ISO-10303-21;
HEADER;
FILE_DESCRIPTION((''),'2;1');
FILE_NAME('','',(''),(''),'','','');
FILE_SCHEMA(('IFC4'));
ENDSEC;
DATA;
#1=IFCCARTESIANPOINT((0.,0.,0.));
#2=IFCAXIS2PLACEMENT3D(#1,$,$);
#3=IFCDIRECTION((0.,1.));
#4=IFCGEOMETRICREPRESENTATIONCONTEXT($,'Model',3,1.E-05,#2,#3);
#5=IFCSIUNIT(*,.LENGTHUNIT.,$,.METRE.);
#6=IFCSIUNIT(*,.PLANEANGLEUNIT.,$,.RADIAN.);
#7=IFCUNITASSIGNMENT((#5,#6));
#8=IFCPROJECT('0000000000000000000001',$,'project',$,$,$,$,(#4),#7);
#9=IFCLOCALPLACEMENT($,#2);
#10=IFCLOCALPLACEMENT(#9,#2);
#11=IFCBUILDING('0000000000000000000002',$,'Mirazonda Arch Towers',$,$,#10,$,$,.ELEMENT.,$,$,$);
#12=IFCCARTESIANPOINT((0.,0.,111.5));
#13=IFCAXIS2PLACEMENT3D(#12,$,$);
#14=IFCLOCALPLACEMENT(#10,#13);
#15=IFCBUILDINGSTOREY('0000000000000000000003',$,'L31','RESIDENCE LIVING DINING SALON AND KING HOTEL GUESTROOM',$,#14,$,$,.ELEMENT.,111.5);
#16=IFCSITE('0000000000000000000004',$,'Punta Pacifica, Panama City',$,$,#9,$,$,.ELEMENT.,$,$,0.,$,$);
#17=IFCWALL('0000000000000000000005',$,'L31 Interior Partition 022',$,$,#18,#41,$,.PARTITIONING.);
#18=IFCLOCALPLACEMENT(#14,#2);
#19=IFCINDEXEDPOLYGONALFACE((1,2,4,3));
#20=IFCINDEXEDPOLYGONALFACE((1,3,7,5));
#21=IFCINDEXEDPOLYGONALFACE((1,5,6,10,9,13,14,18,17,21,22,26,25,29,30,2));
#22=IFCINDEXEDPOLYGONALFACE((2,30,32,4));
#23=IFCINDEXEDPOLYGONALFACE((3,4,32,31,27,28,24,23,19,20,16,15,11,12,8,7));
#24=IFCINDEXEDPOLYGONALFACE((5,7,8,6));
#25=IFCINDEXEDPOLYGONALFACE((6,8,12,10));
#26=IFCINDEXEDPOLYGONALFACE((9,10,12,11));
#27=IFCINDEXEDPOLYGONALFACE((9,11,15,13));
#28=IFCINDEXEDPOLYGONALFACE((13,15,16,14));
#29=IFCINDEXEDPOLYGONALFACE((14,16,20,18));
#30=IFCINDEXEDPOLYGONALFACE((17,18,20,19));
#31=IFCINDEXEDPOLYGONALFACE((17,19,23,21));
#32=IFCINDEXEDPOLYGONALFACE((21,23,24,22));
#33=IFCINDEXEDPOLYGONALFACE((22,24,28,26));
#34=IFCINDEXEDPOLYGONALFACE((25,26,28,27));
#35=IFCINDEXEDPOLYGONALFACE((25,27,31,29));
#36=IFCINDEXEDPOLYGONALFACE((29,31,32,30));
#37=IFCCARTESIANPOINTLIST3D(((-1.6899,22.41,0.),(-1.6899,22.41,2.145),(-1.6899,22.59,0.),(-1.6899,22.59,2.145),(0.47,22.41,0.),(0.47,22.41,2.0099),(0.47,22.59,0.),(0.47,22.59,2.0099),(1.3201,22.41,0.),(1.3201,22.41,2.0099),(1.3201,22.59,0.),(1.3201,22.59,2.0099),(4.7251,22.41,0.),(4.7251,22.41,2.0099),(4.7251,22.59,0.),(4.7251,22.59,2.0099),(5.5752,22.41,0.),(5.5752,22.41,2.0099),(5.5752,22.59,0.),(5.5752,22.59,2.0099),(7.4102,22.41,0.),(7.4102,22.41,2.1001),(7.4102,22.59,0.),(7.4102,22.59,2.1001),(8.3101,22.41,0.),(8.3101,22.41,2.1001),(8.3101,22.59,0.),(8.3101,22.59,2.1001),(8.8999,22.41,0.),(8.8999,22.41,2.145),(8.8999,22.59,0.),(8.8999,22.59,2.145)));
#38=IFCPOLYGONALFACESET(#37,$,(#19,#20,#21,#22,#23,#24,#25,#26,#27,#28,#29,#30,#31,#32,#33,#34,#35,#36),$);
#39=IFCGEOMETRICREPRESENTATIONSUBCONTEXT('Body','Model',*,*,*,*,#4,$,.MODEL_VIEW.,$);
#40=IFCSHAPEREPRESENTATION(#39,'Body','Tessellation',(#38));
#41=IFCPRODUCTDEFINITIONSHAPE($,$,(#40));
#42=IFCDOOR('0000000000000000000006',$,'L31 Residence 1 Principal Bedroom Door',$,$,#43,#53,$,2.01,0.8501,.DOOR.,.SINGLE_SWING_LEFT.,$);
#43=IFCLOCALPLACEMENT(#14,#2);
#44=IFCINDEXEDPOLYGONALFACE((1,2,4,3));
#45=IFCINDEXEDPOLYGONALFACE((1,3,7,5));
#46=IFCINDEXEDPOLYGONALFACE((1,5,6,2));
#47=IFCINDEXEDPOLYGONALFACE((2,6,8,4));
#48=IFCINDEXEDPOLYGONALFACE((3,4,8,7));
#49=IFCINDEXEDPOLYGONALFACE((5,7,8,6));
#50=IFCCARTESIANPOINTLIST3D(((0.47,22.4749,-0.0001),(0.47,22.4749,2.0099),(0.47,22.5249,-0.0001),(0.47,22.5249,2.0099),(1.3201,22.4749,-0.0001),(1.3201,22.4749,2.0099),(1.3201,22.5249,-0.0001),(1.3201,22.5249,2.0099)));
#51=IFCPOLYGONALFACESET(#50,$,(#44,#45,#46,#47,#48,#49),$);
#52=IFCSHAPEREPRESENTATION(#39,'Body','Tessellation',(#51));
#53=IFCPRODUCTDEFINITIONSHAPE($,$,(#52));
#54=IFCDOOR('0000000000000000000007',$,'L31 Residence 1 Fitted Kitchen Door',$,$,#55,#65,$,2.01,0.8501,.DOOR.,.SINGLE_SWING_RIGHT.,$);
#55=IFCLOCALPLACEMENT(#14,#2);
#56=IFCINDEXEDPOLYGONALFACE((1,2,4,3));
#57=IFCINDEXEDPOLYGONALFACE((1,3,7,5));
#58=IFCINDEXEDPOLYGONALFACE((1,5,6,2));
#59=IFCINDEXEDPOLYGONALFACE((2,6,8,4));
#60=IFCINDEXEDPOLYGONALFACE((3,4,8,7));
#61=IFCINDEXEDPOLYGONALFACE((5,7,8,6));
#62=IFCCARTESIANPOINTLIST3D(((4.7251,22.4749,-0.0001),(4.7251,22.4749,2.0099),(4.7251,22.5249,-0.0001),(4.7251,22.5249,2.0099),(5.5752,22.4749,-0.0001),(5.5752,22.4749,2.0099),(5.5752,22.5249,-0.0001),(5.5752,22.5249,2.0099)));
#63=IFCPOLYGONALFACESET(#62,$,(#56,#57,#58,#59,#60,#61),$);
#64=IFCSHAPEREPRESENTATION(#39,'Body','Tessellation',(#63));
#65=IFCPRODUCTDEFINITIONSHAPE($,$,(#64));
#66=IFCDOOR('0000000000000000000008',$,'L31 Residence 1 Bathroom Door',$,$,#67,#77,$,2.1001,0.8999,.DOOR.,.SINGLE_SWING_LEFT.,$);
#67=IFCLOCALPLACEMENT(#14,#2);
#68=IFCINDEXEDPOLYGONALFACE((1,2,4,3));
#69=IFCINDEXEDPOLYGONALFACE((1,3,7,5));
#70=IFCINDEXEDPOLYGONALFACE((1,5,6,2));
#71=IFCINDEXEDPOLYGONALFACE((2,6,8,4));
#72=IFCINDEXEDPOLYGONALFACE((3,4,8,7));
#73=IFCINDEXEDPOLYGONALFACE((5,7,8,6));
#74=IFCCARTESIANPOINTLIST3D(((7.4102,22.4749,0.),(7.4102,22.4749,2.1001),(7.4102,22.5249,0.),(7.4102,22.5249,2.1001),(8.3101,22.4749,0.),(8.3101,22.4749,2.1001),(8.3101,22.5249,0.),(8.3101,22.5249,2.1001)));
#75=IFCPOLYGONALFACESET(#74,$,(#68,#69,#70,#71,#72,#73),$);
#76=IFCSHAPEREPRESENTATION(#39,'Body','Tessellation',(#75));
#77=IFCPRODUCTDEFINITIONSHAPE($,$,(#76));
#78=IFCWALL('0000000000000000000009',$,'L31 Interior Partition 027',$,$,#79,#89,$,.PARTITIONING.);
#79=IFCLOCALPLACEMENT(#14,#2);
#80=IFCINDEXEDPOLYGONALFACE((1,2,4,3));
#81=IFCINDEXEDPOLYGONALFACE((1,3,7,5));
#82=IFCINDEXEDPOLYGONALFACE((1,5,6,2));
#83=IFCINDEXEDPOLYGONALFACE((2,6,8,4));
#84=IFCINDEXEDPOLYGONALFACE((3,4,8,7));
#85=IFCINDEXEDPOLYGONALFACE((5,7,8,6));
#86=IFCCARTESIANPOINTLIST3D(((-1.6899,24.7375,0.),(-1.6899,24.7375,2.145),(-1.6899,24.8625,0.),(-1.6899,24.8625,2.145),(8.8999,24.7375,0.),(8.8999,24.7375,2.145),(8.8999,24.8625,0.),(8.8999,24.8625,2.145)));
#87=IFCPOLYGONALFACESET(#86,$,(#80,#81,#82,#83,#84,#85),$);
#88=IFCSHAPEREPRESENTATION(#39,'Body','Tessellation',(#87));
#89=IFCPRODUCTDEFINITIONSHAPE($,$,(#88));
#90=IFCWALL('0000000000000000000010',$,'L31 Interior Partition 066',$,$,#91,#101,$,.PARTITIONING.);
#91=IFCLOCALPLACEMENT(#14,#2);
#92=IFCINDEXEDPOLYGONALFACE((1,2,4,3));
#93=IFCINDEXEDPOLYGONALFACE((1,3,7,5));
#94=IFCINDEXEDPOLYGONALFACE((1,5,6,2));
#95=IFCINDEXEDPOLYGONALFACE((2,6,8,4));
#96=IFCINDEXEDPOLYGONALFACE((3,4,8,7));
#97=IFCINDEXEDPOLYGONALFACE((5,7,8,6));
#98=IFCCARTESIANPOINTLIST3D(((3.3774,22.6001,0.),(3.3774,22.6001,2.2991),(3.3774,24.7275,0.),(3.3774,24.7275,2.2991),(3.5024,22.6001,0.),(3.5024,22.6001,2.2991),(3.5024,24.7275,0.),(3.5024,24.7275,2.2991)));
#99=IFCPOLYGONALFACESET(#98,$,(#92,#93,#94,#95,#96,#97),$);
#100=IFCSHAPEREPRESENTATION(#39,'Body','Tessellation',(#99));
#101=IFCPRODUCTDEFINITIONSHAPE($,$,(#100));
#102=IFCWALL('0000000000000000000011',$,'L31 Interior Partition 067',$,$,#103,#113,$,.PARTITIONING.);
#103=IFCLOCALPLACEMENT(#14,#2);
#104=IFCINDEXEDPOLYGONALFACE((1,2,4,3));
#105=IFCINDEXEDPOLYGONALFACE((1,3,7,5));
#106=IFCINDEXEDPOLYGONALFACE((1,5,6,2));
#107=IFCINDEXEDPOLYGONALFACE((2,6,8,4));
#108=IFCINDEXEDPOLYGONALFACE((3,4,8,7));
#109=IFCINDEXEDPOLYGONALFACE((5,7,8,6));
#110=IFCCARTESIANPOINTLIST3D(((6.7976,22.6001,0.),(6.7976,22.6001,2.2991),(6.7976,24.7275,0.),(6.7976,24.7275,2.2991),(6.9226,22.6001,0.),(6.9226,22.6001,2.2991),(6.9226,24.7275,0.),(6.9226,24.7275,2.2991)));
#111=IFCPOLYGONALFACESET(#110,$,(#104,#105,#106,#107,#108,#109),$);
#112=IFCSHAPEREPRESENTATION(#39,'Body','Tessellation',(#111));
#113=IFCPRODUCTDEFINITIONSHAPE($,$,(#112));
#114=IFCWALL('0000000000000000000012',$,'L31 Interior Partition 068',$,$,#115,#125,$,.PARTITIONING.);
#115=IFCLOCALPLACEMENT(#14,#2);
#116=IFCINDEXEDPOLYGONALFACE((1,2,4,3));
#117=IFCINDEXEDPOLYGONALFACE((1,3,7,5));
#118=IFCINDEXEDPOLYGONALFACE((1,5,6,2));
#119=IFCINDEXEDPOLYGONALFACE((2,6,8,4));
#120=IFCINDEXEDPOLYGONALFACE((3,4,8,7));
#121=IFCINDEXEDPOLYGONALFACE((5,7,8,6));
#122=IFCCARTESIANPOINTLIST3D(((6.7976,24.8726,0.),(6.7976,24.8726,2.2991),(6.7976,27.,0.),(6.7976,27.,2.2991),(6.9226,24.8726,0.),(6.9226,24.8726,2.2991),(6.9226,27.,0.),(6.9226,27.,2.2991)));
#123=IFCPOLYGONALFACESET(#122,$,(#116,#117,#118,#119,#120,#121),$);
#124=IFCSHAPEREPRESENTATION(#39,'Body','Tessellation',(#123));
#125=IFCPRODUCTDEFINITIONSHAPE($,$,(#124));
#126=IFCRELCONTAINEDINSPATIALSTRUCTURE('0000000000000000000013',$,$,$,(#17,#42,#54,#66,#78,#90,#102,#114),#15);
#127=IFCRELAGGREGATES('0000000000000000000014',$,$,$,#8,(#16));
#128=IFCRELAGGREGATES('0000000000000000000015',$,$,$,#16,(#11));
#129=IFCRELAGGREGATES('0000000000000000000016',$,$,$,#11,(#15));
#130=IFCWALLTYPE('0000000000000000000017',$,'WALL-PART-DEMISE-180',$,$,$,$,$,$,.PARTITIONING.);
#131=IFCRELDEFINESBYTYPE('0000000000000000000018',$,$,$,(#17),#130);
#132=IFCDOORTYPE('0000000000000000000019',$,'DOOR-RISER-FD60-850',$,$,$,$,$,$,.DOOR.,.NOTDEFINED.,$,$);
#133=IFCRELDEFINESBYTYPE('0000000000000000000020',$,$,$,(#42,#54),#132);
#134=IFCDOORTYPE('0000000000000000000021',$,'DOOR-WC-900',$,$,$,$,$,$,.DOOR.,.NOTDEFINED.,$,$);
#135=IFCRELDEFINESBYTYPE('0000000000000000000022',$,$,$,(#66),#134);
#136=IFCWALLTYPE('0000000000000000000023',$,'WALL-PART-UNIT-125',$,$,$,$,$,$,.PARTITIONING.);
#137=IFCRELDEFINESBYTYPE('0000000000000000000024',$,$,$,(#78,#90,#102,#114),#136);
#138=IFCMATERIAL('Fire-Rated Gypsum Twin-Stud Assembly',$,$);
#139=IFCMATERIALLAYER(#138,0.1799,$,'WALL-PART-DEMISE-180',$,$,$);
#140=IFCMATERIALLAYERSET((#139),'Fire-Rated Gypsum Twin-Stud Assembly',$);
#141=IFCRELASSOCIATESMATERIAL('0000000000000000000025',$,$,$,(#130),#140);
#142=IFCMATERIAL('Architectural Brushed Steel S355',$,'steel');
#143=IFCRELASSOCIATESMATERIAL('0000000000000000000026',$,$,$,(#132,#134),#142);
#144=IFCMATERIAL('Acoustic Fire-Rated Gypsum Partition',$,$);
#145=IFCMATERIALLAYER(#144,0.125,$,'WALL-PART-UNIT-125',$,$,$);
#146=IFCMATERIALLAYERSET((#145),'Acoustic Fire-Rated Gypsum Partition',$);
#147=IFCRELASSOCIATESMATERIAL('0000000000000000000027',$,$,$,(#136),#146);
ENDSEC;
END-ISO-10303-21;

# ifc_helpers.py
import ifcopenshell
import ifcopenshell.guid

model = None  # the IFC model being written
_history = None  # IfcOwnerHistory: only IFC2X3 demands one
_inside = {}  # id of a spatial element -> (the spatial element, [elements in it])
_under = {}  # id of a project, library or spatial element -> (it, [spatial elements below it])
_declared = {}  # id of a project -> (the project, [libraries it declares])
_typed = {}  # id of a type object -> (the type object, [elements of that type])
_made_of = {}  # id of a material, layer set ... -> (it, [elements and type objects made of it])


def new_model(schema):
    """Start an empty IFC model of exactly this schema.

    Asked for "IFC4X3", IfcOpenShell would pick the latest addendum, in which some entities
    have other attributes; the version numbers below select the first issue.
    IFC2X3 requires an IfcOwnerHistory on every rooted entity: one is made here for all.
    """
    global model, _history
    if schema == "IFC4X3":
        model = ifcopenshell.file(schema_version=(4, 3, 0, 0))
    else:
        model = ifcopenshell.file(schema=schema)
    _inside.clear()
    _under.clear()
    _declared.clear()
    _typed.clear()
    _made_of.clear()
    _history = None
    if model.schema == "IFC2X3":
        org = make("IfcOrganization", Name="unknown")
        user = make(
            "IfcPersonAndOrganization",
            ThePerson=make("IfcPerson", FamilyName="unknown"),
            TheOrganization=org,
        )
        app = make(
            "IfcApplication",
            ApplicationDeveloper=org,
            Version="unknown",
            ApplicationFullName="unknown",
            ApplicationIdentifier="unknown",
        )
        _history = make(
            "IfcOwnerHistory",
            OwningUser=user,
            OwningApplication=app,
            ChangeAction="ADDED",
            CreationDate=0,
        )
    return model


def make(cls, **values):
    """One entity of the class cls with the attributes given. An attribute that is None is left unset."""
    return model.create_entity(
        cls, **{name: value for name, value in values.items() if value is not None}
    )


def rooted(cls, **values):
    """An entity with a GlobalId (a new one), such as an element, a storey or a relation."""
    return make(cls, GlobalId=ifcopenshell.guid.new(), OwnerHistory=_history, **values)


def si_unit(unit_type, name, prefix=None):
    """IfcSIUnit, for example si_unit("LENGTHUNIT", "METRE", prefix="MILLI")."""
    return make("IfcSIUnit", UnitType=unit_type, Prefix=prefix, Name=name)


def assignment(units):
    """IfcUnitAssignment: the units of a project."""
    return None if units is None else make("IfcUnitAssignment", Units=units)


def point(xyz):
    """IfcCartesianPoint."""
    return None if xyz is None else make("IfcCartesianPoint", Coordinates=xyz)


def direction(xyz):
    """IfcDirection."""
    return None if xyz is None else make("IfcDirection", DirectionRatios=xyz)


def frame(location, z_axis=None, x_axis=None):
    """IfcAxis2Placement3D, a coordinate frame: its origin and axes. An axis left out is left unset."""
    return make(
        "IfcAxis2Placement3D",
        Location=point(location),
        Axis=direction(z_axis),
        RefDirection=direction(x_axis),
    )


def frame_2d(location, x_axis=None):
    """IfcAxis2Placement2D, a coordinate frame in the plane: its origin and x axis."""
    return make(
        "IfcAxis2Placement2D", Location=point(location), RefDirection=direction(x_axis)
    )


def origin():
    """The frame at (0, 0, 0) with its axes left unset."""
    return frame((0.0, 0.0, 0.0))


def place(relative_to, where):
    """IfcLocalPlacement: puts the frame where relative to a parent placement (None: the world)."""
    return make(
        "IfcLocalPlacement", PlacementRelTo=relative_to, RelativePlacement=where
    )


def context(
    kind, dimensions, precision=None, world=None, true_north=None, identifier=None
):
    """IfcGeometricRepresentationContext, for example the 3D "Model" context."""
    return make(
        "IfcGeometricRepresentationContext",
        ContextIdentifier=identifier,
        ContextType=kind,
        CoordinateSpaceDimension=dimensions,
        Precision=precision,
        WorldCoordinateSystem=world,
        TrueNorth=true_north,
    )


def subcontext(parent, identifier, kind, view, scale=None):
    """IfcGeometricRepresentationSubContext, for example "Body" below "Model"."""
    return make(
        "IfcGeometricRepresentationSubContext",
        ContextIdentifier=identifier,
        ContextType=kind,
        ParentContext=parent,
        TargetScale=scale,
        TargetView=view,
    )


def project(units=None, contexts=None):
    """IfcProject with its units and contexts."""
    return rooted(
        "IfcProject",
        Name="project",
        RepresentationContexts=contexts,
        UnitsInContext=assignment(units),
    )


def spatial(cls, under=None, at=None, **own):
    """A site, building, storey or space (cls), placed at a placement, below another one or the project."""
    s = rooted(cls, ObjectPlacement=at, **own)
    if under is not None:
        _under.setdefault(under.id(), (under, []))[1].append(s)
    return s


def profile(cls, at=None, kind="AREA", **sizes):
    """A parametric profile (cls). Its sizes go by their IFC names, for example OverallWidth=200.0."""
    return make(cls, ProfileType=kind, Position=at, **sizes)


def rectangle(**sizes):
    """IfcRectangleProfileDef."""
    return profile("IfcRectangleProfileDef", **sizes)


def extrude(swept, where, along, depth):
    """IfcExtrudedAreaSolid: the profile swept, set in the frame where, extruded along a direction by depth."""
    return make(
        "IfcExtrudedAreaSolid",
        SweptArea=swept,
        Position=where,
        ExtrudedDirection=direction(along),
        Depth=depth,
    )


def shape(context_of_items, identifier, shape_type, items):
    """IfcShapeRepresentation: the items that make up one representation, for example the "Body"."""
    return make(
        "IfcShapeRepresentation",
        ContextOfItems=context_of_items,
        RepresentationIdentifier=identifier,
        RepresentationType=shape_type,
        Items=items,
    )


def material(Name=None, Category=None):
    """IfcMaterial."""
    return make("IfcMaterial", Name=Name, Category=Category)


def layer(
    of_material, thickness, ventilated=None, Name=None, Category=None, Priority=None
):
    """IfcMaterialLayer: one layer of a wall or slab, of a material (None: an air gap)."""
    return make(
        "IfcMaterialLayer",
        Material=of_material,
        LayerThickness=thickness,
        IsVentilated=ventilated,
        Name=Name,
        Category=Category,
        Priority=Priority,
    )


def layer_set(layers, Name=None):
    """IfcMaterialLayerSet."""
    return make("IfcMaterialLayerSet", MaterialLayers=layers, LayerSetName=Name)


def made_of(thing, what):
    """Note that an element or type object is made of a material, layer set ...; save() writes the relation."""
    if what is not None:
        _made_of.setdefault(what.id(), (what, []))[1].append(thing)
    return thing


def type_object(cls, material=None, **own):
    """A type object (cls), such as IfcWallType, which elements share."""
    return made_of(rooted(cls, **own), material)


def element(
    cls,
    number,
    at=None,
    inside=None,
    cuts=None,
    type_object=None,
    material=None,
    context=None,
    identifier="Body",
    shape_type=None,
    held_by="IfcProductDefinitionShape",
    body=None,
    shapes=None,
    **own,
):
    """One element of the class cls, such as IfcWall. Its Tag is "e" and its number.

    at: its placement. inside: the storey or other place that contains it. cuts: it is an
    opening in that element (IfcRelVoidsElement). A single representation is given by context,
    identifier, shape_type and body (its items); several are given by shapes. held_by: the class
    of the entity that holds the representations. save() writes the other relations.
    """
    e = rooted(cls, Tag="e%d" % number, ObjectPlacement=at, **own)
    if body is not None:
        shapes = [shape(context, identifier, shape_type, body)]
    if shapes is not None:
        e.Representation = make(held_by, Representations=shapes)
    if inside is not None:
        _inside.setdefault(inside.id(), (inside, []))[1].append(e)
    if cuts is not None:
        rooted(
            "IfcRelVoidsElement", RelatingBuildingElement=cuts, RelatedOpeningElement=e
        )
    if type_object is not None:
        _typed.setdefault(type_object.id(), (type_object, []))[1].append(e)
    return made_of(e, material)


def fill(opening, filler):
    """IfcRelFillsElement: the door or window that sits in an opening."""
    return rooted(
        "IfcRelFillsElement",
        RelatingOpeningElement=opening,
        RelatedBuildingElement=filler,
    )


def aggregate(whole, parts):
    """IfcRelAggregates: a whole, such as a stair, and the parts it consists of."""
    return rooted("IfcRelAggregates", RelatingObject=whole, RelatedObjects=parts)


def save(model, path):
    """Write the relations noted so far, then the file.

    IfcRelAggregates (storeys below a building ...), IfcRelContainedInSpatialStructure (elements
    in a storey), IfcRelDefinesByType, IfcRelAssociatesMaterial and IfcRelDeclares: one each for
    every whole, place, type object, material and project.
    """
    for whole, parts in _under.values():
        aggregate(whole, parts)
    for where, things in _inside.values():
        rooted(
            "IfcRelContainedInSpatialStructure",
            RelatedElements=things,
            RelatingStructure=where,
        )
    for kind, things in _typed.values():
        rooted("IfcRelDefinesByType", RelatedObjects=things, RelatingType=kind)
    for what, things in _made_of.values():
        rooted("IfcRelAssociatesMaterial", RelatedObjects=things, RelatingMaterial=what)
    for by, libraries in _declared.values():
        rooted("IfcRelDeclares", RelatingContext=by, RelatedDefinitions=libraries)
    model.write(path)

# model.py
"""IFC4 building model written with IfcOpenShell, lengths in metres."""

from ifc_helpers import new_model, si_unit, direction, frame, frame_2d, origin, place, context, subcontext, project, spatial, rectangle, extrude, material, layer, layer_set, type_object, element, fill, save


model = new_model("IFC4")

# Units and contexts
model_context = context("Model", 3, precision=1e-05, world=origin(), true_north=direction((0.0, 1.0)))
body_context = subcontext(model_context, "Body", "Model", "MODEL_VIEW")
ifc_project = project(units=[si_unit("LENGTHUNIT", "METRE"), si_unit("PLANEANGLEUNIT", "RADIAN")], contexts=[model_context])

# Site, building, storey
site_placement = place(None, origin())
site = spatial("IfcSite", under=ifc_project, at=site_placement, Name="Punta Pacifica, Panama City", CompositionType="ELEMENT", RefElevation=0.0)
building_placement = place(site_placement, origin())
building = spatial("IfcBuilding", under=site, at=building_placement, Name="Mirazonda Arch Towers", CompositionType="ELEMENT")
storey_placement = place(building_placement, frame((0.0, 0.0, 111.5)))
storey = spatial("IfcBuildingStorey", under=building, at=storey_placement, Name="L31", Description="RESIDENCE LIVING DINING SALON AND KING HOTEL GUESTROOM", CompositionType="ELEMENT", Elevation=111.5)

# Wall, openings, doors
ifc_material_1 = material(Name="Fire-Rated Gypsum Twin-Stud Assembly")
ifc_layer_1 = layer(ifc_material_1, 0.1799, Name="WALL-PART-DEMISE-180")
ifc_layer_set_1 = layer_set([ifc_layer_1], Name="Fire-Rated Gypsum Twin-Stud Assembly")
wall_type_1 = type_object("IfcWallType", Name="WALL-PART-DEMISE-180", PredefinedType="PARTITIONING", material=ifc_layer_set_1)
wall_1_placement = place(storey_placement, frame((-1.6899, 22.5, 0.0), z_axis=(0.0, 0.0, 1.0), x_axis=(1.0, 0.0, 0.0)))
wall_1 = element("IfcWall", 1, at=wall_1_placement, inside=storey, type_object=wall_type_1, Name="L31 Interior Partition 022", PredefinedType="PARTITIONING", context=body_context, shape_type="SweptSolid", body=[
    extrude(rectangle(XDim=10.5898, YDim=0.1799, at=frame_2d((5.2949, 0.0))), origin(), (0.0, 0.0, 1.0), 2.145),
])
opening_1_placement = place(wall_1_placement, frame((2.1599, 0.0, 0.0)))
opening_1 = element("IfcOpeningElement", 2, at=opening_1_placement, cuts=wall_1, PredefinedType="OPENING", context=body_context, shape_type="SweptSolid", body=[
    extrude(rectangle(XDim=0.8501, YDim=2.01, at=frame_2d((0.425, 1.0049))), frame((0.0, 0.0999, 0.0), z_axis=(0.0, -1.0, 0.0), x_axis=(1.0, 0.0, 0.0)), (0.0, 0.0, 1.0), 0.2),
])
opening_2_placement = place(wall_1_placement, frame((6.415, 0.0, 0.0)))
opening_2 = element("IfcOpeningElement", 3, at=opening_2_placement, cuts=wall_1, PredefinedType="OPENING", context=body_context, shape_type="SweptSolid", body=[
    extrude(rectangle(XDim=0.8501, YDim=2.01, at=frame_2d((0.425, 1.0049))), frame((0.0, 0.0999, 0.0), z_axis=(0.0, -1.0, 0.0), x_axis=(1.0, 0.0, 0.0)), (0.0, 0.0, 1.0), 0.2),
])
opening_3_placement = place(wall_1_placement, frame((9.1001, 0.0, 0.0)))
opening_3 = element("IfcOpeningElement", 4, at=opening_3_placement, cuts=wall_1, PredefinedType="OPENING", context=body_context, shape_type="SweptSolid", body=[
    extrude(rectangle(XDim=0.8999, YDim=2.1001, at=frame_2d((0.45, 1.05))), frame((0.0, 0.0999, 0.0), z_axis=(0.0, -1.0, 0.0), x_axis=(1.0, 0.0, 0.0)), (0.0, 0.0, 1.0), 0.2),
])
ifc_material_2 = material(Name="Architectural Brushed Steel S355", Category="steel")
door_type_1 = type_object("IfcDoorType", Name="DOOR-RISER-FD60-850", OperationType="NOTDEFINED", PredefinedType="DOOR", material=ifc_material_2)
door_1_placement = place(opening_1_placement, origin())
door_1 = element("IfcDoor", 5, at=door_1_placement, inside=storey, type_object=door_type_1, Name="L31 Residence 1 Principal Bedroom Door", OperationType="SINGLE_SWING_LEFT", OverallHeight=2.01, OverallWidth=0.8501, PredefinedType="DOOR", context=body_context, shape_type="SweptSolid", body=[
    extrude(rectangle(XDim=0.8501, YDim=2.01, at=frame_2d((0.425, 1.0049))), frame((0.0, 0.0249, 0.0), z_axis=(0.0, -1.0, 0.0), x_axis=(1.0, 0.0, 0.0)), (0.0, 0.0, 1.0), 0.05),
])
fill(opening_1, door_1)
door_2_placement = place(opening_2_placement, origin())
door_2 = element("IfcDoor", 6, at=door_2_placement, inside=storey, type_object=door_type_1, Name="L31 Residence 1 Fitted Kitchen Door", OperationType="SINGLE_SWING_RIGHT", OverallHeight=2.01, OverallWidth=0.8501, PredefinedType="DOOR", context=body_context, shape_type="SweptSolid", body=[
    extrude(rectangle(XDim=0.8501, YDim=2.01, at=frame_2d((0.425, 1.0049))), frame((0.0, 0.0249, 0.0), z_axis=(0.0, -1.0, 0.0), x_axis=(1.0, 0.0, 0.0)), (0.0, 0.0, 1.0), 0.05),
])
fill(opening_2, door_2)
door_type_2 = type_object("IfcDoorType", Name="DOOR-WC-900", OperationType="NOTDEFINED", PredefinedType="DOOR", material=ifc_material_2)
door_3_placement = place(opening_3_placement, origin())
door_3 = element("IfcDoor", 7, at=door_3_placement, inside=storey, type_object=door_type_2, Name="L31 Residence 1 Bathroom Door", OperationType="SINGLE_SWING_LEFT", OverallHeight=2.1001, OverallWidth=0.8999, PredefinedType="DOOR", context=body_context, shape_type="SweptSolid", body=[
    extrude(rectangle(XDim=0.8999, YDim=2.1001, at=frame_2d((0.45, 1.05))), frame((0.0, 0.0249, 0.0), z_axis=(0.0, -1.0, 0.0), x_axis=(1.0, 0.0, 0.0)), (0.0, 0.0, 1.0), 0.05),
])
fill(opening_3, door_3)

# Walls
ifc_material_3 = material(Name="Acoustic Fire-Rated Gypsum Partition")
ifc_layer_2 = layer(ifc_material_3, 0.125, Name="WALL-PART-UNIT-125")
ifc_layer_set_2 = layer_set([ifc_layer_2], Name="Acoustic Fire-Rated Gypsum Partition")
wall_type_2 = type_object("IfcWallType", Name="WALL-PART-UNIT-125", PredefinedType="PARTITIONING", material=ifc_layer_set_2)
wall_2_placement = place(storey_placement, frame((-1.6899, 24.8, 0.0), z_axis=(0.0, 0.0, 1.0), x_axis=(1.0, 0.0, 0.0)))
element("IfcWall", 8, at=wall_2_placement, inside=storey, type_object=wall_type_2, Name="L31 Interior Partition 027", PredefinedType="PARTITIONING", context=body_context, shape_type="SweptSolid", body=[
    extrude(rectangle(XDim=10.5898, YDim=0.125, at=frame_2d((5.2949, 0.0))), origin(), (0.0, 0.0, 1.0), 2.145),
])
for number, where, z_axis, x_axis, name in (
    (9, (3.4399, 22.6001, 0.0), (0.0, 0.0, 1.0), (0.0, 1.0, 0.0), "L31 Interior Partition 066"),
    (10, (6.8601, 22.6001, 0.0), (0.0, 0.0, 1.0), (0.0, 1.0, 0.0), "L31 Interior Partition 067"),
    (11, (6.8601, 24.8726, 0.0), (0.0, 0.0, 1.0), (0.0, 1.0, 0.0), "L31 Interior Partition 068"),
):
    element("IfcWall", number, at=place(storey_placement, frame(where, z_axis=z_axis, x_axis=x_axis)), inside=storey, type_object=wall_type_2, Name=name, PredefinedType="PARTITIONING", context=body_context, shape_type="SweptSolid", body=[
        extrude(rectangle(XDim=2.1274, YDim=0.125, at=frame_2d((1.0637, 0.0))), origin(), (0.0, 0.0, 1.0), 2.2991),
    ])

save(model, "model.ifc")
